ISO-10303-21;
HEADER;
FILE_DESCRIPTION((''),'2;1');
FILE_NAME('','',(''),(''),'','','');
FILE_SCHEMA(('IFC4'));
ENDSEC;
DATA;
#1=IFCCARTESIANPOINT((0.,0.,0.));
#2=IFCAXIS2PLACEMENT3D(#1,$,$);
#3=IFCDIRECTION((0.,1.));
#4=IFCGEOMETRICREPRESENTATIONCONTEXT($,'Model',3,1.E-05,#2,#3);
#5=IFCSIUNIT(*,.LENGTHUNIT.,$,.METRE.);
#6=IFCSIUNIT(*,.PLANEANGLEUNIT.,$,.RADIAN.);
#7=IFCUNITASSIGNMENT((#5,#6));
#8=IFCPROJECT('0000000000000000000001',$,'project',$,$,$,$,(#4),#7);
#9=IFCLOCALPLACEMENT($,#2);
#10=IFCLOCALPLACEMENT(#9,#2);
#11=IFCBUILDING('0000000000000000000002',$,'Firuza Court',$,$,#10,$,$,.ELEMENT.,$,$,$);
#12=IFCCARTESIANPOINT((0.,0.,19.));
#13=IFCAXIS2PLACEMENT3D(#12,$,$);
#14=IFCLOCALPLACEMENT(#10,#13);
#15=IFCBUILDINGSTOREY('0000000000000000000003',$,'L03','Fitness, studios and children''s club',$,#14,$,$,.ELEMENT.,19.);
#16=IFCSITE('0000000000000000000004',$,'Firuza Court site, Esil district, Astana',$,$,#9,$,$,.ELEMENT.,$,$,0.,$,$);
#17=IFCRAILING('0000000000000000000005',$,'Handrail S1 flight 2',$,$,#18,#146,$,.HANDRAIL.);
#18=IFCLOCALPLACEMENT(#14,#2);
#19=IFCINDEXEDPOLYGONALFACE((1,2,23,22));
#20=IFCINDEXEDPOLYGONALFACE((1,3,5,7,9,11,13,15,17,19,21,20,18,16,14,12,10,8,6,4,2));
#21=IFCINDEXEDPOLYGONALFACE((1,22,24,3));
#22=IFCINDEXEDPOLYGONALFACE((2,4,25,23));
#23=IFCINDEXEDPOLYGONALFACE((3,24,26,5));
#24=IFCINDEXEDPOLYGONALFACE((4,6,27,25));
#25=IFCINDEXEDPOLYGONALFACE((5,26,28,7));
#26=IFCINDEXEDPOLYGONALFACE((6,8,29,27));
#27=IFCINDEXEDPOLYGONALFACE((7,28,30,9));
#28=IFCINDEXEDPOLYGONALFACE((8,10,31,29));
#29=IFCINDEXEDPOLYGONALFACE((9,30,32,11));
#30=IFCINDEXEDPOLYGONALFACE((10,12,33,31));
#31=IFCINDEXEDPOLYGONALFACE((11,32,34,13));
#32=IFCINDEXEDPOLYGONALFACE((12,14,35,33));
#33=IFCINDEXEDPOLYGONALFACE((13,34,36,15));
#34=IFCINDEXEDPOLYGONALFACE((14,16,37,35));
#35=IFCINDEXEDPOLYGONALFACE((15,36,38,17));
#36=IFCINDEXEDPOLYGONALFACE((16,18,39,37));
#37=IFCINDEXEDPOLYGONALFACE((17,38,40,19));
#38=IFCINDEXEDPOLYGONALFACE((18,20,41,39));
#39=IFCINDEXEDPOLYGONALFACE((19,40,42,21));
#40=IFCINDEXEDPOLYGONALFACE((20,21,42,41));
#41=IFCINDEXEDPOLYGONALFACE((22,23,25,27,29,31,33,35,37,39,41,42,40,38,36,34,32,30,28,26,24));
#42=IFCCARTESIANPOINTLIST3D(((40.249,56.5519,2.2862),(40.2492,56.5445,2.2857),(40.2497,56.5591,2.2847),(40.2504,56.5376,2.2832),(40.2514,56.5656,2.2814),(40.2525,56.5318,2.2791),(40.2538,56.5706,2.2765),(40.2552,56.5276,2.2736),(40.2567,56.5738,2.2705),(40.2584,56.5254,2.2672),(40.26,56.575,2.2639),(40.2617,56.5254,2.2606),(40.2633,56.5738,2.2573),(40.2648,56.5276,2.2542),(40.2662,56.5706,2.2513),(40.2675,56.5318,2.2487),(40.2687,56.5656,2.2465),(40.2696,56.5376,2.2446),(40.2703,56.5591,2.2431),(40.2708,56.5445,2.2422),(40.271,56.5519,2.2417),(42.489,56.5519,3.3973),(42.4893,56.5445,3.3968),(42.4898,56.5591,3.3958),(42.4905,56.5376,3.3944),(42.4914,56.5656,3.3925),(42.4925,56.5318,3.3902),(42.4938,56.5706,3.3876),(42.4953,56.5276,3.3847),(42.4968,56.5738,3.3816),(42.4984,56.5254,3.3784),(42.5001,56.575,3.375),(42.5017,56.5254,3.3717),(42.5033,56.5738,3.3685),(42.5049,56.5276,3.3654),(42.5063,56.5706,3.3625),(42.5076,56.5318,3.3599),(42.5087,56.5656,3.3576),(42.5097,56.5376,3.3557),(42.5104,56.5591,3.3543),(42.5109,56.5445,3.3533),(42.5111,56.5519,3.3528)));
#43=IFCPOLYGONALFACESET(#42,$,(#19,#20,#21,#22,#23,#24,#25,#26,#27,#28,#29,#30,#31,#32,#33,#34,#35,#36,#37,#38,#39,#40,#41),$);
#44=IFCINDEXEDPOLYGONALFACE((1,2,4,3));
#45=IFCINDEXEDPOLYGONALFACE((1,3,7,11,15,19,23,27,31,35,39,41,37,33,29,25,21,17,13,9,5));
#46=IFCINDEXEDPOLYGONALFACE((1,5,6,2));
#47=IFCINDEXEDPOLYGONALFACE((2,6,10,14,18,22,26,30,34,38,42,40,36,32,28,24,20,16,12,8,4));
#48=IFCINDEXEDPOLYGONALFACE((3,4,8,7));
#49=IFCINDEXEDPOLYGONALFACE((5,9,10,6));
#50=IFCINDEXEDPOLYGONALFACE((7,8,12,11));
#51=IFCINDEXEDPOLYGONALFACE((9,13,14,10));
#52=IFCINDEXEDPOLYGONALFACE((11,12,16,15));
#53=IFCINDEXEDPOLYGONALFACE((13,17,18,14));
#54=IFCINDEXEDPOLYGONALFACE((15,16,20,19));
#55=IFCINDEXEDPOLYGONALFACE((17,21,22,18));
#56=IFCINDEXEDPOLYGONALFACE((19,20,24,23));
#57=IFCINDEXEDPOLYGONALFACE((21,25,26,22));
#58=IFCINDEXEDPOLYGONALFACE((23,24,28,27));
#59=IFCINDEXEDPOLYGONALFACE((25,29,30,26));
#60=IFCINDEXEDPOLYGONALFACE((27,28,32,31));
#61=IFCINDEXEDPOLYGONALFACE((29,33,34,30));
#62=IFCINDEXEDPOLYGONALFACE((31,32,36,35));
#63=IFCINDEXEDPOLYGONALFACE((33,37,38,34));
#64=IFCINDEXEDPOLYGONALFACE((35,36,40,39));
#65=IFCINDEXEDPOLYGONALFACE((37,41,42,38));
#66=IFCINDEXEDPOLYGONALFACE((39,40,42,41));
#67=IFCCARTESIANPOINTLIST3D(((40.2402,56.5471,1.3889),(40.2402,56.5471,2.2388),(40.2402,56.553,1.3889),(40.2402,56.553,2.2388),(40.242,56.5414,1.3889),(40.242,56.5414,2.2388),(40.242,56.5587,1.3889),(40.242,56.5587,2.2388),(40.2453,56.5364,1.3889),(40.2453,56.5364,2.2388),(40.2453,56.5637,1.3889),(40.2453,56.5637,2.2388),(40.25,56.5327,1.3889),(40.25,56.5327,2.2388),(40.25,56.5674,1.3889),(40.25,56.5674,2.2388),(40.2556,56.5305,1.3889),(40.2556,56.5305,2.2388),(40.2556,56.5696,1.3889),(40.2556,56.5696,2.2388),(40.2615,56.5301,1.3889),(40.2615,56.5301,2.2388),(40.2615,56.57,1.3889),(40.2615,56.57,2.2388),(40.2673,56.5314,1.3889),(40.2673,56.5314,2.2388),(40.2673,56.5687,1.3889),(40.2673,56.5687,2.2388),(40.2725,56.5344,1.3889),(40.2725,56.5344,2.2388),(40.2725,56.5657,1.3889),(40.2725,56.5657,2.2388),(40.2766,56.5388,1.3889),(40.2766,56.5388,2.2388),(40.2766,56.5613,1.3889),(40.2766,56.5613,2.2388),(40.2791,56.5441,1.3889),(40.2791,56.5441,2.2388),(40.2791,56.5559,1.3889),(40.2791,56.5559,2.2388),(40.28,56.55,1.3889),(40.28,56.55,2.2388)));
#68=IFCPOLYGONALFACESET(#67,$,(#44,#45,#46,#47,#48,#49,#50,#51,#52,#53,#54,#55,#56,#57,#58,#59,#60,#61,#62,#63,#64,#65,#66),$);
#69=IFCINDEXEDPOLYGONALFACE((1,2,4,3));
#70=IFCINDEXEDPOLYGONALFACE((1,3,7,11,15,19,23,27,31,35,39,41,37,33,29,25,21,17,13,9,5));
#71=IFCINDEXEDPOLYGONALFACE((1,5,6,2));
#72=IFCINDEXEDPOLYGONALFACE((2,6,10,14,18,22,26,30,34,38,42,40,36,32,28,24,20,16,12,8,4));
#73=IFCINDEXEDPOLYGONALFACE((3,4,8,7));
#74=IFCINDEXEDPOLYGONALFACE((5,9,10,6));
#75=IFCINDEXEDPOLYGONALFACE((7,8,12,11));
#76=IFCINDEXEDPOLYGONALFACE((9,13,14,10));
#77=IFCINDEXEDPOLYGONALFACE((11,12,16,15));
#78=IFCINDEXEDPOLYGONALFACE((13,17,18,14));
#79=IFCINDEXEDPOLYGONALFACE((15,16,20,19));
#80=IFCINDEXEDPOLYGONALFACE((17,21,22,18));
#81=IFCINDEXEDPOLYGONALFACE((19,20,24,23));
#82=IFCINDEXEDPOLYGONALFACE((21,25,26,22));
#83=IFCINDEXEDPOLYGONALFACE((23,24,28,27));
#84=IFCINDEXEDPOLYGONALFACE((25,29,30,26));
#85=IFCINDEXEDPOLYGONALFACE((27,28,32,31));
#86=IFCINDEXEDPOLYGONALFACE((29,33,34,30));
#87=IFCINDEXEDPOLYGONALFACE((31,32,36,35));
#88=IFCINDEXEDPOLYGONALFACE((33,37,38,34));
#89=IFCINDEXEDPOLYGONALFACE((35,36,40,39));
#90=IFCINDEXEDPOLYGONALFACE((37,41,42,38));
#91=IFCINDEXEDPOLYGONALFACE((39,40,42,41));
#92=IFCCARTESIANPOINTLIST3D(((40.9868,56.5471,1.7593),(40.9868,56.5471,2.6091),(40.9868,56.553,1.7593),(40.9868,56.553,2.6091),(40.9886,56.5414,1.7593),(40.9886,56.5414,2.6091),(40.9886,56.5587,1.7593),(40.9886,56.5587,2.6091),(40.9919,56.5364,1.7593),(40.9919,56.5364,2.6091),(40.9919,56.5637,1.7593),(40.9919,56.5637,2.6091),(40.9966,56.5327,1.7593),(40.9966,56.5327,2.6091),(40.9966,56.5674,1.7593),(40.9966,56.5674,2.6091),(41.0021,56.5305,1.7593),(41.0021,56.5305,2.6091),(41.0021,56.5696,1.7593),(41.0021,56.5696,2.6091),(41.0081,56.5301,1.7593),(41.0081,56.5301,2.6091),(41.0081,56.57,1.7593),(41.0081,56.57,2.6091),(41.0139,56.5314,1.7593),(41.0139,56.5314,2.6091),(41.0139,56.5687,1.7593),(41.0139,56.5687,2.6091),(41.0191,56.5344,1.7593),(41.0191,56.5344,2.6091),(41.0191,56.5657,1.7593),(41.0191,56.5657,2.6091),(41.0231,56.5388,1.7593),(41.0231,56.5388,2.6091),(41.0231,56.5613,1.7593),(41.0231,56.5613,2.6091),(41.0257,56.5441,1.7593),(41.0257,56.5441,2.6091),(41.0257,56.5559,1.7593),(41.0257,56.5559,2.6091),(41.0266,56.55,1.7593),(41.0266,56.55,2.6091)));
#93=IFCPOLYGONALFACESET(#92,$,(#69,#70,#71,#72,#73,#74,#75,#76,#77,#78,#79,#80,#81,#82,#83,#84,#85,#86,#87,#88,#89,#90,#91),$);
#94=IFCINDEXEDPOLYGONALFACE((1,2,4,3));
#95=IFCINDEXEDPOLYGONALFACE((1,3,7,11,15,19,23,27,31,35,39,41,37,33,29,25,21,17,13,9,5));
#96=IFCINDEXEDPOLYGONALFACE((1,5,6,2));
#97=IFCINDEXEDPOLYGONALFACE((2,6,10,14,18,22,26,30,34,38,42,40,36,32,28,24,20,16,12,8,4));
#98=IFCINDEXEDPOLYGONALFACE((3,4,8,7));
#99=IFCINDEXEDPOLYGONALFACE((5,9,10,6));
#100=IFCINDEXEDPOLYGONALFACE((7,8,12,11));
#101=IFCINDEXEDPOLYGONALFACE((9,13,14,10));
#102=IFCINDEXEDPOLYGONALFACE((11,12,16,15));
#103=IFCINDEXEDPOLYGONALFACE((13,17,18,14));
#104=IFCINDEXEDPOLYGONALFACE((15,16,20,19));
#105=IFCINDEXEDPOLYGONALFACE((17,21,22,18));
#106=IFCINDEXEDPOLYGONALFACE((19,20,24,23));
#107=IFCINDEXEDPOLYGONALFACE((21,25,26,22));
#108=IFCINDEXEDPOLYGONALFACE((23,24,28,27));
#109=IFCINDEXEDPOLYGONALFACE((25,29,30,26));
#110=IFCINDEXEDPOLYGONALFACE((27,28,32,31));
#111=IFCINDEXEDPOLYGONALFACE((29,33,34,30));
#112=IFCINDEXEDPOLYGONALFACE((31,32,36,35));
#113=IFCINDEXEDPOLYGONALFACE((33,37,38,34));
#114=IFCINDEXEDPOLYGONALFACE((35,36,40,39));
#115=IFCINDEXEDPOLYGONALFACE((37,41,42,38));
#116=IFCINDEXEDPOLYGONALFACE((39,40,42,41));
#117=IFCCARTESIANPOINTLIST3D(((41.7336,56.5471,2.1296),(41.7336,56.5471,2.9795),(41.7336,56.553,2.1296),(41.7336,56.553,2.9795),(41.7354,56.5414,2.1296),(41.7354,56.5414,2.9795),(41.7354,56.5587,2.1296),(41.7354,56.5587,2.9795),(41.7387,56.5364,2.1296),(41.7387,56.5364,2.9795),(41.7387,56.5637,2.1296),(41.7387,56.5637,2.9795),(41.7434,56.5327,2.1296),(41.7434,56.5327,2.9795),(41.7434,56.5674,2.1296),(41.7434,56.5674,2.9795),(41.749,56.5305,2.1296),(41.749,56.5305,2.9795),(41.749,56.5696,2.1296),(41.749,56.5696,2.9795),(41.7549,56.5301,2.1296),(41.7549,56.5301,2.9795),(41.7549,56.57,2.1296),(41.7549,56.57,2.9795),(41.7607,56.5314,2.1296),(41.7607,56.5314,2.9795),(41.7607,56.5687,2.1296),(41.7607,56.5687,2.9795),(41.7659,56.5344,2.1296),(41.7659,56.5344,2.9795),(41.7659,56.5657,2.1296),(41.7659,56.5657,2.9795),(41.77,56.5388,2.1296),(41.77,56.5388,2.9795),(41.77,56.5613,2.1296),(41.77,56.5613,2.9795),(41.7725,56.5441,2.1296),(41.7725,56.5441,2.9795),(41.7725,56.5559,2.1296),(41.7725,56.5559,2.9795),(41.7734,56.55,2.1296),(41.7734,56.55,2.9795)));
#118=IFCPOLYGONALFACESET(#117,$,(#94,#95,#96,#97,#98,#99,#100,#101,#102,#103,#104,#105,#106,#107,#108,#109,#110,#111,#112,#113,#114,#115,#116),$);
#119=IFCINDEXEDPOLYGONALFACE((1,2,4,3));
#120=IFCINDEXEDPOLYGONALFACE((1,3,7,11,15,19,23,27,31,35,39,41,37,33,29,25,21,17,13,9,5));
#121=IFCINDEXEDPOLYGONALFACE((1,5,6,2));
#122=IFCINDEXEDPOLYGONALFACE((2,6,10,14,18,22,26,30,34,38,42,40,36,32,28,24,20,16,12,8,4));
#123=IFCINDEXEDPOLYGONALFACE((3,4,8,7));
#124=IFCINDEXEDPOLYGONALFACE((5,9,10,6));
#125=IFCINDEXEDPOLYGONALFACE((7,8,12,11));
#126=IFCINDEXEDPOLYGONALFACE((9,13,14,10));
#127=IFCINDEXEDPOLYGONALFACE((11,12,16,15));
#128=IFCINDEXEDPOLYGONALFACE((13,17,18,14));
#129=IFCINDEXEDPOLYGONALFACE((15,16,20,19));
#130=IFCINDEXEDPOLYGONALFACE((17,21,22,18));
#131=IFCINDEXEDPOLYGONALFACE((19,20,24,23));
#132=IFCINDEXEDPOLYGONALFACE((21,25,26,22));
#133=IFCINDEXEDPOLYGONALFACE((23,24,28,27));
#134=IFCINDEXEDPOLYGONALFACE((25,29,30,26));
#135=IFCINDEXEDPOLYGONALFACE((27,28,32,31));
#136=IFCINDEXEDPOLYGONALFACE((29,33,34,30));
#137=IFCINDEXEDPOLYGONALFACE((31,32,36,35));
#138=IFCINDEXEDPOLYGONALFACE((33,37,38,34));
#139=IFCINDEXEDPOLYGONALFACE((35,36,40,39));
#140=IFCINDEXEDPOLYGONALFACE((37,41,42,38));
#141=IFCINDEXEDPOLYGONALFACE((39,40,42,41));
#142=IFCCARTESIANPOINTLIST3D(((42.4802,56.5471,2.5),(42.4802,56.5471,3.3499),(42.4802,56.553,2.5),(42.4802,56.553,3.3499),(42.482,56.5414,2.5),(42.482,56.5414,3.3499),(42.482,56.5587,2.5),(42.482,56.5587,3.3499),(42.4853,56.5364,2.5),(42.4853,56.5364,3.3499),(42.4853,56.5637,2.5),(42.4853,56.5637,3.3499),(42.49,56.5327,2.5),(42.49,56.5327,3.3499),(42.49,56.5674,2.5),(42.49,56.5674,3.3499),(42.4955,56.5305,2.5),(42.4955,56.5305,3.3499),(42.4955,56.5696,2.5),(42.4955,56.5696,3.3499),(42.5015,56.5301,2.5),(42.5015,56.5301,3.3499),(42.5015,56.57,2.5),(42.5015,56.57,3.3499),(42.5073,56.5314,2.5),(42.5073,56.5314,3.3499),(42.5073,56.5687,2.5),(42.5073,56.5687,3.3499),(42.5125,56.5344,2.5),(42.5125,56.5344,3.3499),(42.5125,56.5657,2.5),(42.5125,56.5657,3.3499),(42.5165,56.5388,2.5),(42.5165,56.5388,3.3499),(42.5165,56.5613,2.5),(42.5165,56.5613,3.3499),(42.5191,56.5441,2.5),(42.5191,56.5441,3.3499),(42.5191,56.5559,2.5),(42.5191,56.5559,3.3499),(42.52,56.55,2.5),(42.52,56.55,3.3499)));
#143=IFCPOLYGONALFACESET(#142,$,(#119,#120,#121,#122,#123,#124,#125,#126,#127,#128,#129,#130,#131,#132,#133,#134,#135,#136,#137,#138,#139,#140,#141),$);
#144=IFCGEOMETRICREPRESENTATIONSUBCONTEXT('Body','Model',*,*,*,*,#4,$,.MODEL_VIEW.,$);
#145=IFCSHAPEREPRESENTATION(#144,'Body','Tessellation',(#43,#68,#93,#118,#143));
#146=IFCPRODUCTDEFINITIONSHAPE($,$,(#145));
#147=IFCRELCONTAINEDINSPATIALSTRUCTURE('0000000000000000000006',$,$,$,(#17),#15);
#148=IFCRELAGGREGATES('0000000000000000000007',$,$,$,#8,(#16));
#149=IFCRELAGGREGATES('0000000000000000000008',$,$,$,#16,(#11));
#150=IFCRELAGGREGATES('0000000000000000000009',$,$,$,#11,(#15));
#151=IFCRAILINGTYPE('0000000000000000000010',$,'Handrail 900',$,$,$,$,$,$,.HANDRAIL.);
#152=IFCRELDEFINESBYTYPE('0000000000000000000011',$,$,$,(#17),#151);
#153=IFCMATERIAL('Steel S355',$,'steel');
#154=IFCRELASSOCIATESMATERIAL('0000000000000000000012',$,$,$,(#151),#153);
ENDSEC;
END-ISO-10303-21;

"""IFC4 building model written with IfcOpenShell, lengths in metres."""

from ifc_helpers import new_model, si_unit, direction, frame, origin, origin_2d, place, context, subcontext, project, spatial, circle, extrude, material, type_object, element, save


model = new_model("IFC4")

# Units and contexts
model_context = context("Model", 3, precision=1e-05, world=origin(), true_north=direction((0.0, 1.0)))
body_context = subcontext(model_context, "Body", "Model", "MODEL_VIEW")
ifc_project = project(units=[si_unit("LENGTHUNIT", "METRE"), si_unit("PLANEANGLEUNIT", "RADIAN")], contexts=[model_context])

# Site, building, storey
site_placement = place(None, origin())
site = spatial("IfcSite", under=ifc_project, at=site_placement, Name="Firuza Court site, Esil district, Astana", CompositionType="ELEMENT", RefElevation=0.0)
building_placement = place(site_placement, origin())
building = spatial("IfcBuilding", under=site, at=building_placement, Name="Firuza Court", CompositionType="ELEMENT")
storey_placement = place(building_placement, frame((0.0, 0.0, 19.0)))
storey = spatial("IfcBuildingStorey", under=building, at=storey_placement, Name="L03", Description="Fitness, studios and children's club", CompositionType="ELEMENT", Elevation=19.0)

# Railing
ifc_material_1 = material(Name="Steel S355", Category="steel")
railing_type = type_object("IfcRailingType", Name="Handrail 900", PredefinedType="HANDRAIL", material=ifc_material_1)
for number, where, name in (
    (1, (40.26, 56.55, 1.3889), "Handrail S1 flight 2"),
):
    element("IfcRailing", number, at=place(storey_placement, frame(where)), inside=storey, type_object=railing_type, Name=name, PredefinedType="HANDRAIL", context=body_context, shape_type="SweptSolid", body=[
        extrude(circle(Radius=0.0249, at=origin_2d()), frame((0.0, 0.0, 0.875), z_axis=(0.895848, 0.0, 0.44436), x_axis=(0.0, 1.0, 0.0)), (0.0, 0.0, 1.0), 2.5005),
        extrude(circle(Radius=0.02, at=origin_2d()), origin(), (0.0, 0.0, 1.0), 0.8499),
        extrude(circle(Radius=0.02, at=origin_2d()), frame((0.7466, 0.0, 0.3704)), (0.0, 0.0, 1.0), 0.8499),
        extrude(circle(Radius=0.02, at=origin_2d()), frame((1.4934, 0.0, 0.7407)), (0.0, 0.0, 1.0), 0.8499),
        extrude(circle(Radius=0.02, at=origin_2d()), frame((2.24, 0.0, 1.1111)), (0.0, 0.0, 1.0), 0.8499),
    ])

save(model, "model.ifc")
